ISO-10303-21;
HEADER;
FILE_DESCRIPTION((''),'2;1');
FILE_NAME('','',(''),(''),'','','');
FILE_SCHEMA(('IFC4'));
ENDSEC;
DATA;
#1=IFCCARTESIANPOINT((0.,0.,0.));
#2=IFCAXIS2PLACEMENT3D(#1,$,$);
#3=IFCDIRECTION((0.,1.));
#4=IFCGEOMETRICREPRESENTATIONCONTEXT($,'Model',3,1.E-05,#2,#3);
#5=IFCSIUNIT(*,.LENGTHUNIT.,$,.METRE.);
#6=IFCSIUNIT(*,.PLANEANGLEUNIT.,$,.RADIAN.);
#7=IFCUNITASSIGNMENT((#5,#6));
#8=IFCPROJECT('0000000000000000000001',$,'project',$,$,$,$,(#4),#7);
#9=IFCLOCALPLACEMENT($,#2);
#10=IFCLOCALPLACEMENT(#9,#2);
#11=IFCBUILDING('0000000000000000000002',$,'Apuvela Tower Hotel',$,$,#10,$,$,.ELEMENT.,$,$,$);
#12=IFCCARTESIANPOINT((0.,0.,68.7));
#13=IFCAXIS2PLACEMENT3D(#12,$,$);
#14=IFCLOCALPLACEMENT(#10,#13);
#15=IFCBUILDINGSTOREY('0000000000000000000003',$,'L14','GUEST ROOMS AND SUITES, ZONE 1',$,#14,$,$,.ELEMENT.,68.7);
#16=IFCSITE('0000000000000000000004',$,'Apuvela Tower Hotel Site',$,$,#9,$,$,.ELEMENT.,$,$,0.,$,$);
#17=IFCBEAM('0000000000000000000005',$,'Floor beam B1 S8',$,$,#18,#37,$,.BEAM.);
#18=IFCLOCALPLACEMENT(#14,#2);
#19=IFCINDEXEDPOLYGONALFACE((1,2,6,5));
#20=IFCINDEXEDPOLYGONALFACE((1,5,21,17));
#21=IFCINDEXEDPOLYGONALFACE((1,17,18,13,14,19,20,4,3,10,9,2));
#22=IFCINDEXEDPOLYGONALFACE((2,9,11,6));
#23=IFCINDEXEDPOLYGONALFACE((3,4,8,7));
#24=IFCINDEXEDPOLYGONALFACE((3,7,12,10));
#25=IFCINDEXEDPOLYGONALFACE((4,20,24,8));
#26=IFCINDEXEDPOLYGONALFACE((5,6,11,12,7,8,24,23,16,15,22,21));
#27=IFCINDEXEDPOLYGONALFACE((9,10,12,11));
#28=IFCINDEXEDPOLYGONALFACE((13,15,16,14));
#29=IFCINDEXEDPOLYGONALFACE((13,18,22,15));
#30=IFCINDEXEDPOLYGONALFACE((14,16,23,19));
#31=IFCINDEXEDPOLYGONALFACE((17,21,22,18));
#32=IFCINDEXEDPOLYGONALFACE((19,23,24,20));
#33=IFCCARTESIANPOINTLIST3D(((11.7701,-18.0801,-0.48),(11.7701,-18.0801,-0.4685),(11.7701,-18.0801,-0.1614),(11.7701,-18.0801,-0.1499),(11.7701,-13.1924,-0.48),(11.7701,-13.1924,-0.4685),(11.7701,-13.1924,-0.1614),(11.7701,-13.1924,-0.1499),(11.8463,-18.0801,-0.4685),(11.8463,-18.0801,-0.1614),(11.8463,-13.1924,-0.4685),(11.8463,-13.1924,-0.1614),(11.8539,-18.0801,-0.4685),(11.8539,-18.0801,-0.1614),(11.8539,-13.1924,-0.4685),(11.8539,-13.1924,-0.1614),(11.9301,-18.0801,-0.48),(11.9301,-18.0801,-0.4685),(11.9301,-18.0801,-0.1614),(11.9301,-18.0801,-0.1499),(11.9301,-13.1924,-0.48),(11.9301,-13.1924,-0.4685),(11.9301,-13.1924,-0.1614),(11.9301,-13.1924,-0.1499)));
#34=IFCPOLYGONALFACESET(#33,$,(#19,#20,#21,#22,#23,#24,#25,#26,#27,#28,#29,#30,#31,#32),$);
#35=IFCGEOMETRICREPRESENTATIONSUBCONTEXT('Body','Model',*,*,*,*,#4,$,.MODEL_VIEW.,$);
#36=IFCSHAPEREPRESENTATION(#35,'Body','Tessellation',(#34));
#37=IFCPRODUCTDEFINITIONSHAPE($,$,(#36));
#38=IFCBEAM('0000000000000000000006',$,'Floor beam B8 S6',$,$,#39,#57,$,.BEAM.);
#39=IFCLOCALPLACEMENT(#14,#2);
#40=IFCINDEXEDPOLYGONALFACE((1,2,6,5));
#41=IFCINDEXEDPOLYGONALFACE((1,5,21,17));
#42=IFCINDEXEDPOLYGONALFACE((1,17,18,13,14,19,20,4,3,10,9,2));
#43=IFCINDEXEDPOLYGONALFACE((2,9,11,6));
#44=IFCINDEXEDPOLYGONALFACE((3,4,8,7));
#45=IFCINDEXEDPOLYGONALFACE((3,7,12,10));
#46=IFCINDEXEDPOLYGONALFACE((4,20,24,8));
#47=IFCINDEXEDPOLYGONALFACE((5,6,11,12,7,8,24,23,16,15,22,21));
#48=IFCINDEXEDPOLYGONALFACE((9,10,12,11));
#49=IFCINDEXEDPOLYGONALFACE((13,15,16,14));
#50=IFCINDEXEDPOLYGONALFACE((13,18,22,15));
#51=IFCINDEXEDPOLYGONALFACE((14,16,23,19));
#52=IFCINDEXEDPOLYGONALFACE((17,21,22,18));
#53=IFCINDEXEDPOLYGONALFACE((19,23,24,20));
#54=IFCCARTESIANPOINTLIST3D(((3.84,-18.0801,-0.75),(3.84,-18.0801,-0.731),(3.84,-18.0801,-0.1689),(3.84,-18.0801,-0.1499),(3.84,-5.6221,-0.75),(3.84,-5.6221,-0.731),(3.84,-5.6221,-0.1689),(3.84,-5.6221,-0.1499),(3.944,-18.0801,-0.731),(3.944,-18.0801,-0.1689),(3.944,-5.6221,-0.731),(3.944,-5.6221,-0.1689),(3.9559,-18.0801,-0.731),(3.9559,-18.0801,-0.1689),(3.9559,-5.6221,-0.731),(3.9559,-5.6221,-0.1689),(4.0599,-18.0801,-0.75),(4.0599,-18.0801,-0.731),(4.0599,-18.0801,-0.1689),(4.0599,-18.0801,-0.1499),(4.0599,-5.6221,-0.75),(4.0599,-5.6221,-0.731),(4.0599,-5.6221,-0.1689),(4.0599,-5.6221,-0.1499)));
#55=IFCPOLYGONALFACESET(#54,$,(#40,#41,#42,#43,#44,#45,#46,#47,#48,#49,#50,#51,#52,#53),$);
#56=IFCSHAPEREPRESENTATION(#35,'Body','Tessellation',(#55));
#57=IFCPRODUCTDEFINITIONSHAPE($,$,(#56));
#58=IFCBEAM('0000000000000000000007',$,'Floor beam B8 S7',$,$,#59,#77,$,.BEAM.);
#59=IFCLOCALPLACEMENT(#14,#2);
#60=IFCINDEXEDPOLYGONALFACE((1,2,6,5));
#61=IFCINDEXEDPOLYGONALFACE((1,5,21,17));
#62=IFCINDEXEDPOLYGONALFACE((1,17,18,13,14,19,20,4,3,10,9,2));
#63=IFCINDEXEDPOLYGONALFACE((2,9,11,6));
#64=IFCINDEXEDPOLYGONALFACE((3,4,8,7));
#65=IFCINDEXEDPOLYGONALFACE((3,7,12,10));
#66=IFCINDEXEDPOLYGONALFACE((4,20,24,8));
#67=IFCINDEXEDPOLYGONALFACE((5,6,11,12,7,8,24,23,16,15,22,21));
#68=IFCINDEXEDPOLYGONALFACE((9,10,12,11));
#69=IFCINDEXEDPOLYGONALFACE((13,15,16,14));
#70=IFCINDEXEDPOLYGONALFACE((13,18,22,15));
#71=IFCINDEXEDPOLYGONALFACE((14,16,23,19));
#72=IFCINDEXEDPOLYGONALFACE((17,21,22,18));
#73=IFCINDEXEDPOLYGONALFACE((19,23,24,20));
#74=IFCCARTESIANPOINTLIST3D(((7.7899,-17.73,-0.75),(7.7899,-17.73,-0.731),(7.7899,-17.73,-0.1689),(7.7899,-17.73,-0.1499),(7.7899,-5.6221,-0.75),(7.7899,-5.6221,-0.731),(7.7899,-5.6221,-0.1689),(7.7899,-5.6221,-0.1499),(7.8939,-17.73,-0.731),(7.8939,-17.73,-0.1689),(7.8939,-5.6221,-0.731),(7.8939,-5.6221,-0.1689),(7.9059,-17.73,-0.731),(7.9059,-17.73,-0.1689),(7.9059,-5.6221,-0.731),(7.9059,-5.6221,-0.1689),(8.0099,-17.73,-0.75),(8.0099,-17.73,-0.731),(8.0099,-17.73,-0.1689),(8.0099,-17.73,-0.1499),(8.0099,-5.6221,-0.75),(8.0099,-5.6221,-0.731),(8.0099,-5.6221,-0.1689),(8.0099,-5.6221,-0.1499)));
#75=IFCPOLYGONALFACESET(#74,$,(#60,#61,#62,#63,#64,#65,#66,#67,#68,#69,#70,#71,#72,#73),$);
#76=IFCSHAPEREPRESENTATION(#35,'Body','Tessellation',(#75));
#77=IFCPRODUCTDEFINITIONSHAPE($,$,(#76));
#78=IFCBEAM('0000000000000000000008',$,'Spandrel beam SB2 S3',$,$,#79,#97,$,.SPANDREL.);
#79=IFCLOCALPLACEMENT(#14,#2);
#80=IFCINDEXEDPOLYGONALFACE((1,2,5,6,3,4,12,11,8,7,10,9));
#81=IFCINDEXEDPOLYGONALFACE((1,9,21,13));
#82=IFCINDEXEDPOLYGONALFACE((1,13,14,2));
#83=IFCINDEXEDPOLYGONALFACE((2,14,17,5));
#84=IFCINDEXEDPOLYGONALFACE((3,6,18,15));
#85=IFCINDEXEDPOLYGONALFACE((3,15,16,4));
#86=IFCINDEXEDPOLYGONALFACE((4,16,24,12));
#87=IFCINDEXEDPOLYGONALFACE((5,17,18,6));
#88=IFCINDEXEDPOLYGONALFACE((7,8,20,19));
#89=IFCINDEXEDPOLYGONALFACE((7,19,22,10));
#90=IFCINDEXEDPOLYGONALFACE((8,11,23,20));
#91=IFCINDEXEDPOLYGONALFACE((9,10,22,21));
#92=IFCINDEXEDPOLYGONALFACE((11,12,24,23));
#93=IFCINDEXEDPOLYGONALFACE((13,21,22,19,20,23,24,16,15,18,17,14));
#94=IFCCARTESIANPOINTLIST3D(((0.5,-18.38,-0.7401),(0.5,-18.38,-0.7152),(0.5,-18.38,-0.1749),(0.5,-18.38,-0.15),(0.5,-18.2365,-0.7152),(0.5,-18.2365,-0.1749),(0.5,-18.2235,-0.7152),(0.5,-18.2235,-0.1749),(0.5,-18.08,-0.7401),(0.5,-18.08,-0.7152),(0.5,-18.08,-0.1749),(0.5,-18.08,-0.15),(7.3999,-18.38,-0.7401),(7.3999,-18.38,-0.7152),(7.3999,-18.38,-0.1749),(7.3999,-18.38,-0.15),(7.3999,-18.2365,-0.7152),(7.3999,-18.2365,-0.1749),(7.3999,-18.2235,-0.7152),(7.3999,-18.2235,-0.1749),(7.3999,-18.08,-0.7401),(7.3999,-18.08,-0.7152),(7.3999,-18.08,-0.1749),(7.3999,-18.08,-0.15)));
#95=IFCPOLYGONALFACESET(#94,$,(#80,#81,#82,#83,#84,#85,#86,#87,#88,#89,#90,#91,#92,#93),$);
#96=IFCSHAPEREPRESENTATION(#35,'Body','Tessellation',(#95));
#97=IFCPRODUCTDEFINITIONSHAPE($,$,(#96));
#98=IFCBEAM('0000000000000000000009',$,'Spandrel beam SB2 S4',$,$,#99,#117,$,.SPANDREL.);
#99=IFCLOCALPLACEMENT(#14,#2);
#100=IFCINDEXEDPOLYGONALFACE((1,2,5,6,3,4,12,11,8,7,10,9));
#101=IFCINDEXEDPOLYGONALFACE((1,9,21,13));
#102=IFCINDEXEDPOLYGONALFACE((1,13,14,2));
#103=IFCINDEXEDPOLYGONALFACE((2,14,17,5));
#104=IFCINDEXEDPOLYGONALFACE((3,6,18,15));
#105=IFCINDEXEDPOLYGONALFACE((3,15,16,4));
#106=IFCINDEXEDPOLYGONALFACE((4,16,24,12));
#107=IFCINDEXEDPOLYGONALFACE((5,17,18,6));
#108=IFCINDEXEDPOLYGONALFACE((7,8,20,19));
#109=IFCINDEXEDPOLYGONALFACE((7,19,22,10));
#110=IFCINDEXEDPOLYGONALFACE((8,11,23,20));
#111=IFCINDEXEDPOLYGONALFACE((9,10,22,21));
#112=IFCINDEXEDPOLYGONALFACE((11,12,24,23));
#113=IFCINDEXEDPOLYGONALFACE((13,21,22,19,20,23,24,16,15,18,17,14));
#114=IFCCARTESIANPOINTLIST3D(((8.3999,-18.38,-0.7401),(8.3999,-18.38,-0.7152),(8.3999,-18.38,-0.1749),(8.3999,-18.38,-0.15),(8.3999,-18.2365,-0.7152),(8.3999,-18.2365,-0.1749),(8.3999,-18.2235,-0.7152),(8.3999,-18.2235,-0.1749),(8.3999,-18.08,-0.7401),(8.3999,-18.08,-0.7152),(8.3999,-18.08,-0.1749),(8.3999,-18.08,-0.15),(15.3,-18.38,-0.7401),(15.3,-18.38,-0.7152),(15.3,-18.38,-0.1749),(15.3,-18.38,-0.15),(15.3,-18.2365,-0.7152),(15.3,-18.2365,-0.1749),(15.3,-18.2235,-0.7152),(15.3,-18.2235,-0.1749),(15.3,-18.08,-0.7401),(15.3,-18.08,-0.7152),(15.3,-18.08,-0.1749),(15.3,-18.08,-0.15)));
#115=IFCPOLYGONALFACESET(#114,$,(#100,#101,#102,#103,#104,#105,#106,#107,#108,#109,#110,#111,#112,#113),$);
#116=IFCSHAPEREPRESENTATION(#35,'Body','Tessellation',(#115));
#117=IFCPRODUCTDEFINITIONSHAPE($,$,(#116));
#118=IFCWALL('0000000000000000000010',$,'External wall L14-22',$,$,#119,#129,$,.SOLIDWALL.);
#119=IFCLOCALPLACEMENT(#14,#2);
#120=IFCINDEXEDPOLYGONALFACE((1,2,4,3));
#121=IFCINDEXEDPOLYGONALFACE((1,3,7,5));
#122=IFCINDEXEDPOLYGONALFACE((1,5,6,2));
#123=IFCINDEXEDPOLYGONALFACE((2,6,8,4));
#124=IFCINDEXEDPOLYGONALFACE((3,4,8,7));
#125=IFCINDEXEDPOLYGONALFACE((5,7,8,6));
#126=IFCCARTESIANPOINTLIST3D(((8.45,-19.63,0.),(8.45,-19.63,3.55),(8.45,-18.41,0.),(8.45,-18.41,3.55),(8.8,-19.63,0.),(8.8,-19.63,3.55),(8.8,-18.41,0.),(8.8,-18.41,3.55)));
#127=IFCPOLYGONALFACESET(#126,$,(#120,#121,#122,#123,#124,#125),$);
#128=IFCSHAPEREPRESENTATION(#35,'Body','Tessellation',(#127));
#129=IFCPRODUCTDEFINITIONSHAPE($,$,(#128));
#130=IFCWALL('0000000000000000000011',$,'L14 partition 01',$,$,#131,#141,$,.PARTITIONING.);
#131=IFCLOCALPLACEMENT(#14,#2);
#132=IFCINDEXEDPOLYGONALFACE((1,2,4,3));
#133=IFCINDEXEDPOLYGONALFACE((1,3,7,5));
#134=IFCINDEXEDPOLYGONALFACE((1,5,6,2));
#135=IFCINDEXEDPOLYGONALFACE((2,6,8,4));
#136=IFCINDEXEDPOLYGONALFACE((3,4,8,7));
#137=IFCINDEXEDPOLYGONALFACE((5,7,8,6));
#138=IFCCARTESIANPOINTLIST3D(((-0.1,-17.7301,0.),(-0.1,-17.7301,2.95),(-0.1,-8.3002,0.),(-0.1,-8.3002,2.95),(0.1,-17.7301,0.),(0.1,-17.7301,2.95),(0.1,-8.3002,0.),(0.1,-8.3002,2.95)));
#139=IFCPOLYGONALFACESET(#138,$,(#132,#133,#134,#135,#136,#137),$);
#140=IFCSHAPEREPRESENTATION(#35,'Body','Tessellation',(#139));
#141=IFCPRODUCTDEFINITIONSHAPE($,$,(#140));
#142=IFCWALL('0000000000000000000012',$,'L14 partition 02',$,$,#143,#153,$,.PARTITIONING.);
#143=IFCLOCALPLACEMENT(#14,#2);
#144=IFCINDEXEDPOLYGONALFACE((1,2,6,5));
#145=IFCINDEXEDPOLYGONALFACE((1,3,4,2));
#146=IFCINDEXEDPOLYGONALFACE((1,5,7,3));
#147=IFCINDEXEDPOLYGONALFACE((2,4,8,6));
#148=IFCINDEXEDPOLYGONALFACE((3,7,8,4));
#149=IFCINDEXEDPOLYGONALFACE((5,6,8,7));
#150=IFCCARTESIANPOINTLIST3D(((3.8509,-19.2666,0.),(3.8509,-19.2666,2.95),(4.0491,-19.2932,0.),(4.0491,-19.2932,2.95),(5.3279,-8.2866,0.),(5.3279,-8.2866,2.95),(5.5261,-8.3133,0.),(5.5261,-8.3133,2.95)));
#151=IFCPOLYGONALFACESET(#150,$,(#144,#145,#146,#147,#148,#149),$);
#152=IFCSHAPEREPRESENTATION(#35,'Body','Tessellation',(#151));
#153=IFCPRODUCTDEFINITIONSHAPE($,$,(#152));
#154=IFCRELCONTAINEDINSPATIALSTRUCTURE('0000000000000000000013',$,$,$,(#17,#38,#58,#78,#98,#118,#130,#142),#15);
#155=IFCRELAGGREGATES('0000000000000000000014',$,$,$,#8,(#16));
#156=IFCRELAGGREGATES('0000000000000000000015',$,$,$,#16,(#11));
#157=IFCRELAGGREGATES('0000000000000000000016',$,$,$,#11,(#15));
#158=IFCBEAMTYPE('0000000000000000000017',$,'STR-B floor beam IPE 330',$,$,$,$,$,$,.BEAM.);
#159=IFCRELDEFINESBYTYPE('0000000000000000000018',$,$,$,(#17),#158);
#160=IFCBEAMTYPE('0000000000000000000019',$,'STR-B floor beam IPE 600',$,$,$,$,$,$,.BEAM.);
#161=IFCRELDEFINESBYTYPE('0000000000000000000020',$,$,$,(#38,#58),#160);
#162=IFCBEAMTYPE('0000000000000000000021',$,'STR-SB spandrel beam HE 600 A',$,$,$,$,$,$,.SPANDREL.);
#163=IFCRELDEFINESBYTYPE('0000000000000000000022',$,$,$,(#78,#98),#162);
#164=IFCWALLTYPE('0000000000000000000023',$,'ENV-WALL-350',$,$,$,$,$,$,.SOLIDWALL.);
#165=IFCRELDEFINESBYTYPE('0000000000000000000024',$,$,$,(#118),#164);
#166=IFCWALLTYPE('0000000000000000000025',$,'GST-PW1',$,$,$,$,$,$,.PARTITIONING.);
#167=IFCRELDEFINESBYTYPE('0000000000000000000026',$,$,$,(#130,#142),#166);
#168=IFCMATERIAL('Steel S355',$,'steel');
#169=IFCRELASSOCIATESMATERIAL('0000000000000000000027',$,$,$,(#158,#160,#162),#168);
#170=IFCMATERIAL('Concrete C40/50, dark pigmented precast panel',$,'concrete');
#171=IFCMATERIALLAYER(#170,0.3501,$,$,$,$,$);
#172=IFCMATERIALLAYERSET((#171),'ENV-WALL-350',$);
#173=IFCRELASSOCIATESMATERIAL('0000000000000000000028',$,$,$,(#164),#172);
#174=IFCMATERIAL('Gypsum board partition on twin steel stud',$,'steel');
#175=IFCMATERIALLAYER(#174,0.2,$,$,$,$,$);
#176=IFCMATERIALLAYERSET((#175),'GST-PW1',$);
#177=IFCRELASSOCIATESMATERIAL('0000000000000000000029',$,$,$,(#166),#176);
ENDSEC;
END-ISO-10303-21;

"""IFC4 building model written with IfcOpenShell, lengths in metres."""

from ifc_helpers import new_model, si_unit, direction, frame, frame_2d, origin, origin_2d, place, context, subcontext, project, spatial, rectangle, i_section, extrude, material, layer, layer_set, material_profile, profile_set, type_object, element, save


model = new_model("IFC4")

# Units and contexts
model_context = context("Model", 3, precision=1e-05, world=origin(), true_north=direction((0.0, 1.0)))
body_context = subcontext(model_context, "Body", "Model", "MODEL_VIEW")
ifc_project = project(units=[si_unit("LENGTHUNIT", "METRE"), si_unit("PLANEANGLEUNIT", "RADIAN")], contexts=[model_context])

# Site, building, storey
site_placement = place(None, origin())
site = spatial("IfcSite", under=ifc_project, at=site_placement, Name="Apuvela Tower Hotel Site", CompositionType="ELEMENT", RefElevation=0.0)
building_placement = place(site_placement, origin())
building = spatial("IfcBuilding", under=site, at=building_placement, Name="Apuvela Tower Hotel", CompositionType="ELEMENT")
storey_placement = place(building_placement, frame((0.0, 0.0, 68.7)))
storey = spatial("IfcBuildingStorey", under=building, at=storey_placement, Name="L14", Description="GUEST ROOMS AND SUITES, ZONE 1", CompositionType="ELEMENT", Elevation=68.7)

# Beams
ifc_material_1 = material(Name="Steel S355", Category="steel")
ifc_material_profile_1 = material_profile(ifc_material_1, i_section(OverallWidth=0.1599, OverallDepth=0.3301, WebThickness=0.0076, FlangeThickness=0.0115, at=origin_2d()), Name="IPE 330")
ifc_profile_set_1 = profile_set([ifc_material_profile_1], Name="Steel S355")
beam_type_1 = type_object("IfcBeamType", Name="STR-B floor beam IPE 330", PredefinedType="BEAM", material=ifc_profile_set_1)
beam_1_placement = place(storey_placement, frame((11.8501, -18.0801, -0.3149), z_axis=(0.0, 1.0, 0.0), x_axis=(-1.0, 0.0, 0.0)))
element("IfcBeam", 1, at=beam_1_placement, inside=storey, type_object=beam_type_1, Name="Floor beam B1 S8", PredefinedType="BEAM", context=body_context, shape_type="SweptSolid", body=[
    extrude(i_section(OverallWidth=0.1599, OverallDepth=0.3301, WebThickness=0.0076, FlangeThickness=0.0115, at=origin_2d()), origin(), (0.0, 0.0, 1.0), 4.8877),
])
ifc_material_profile_2 = material_profile(ifc_material_1, i_section(OverallWidth=0.22, OverallDepth=0.6001, WebThickness=0.012, FlangeThickness=0.019, at=origin_2d()), Name="IPE 600")
ifc_profile_set_2 = profile_set([ifc_material_profile_2], Name="Steel S355")
beam_type_2 = type_object("IfcBeamType", Name="STR-B floor beam IPE 600", PredefinedType="BEAM", material=ifc_profile_set_2)
beam_2_placement = place(storey_placement, frame((3.95, -18.0801, -0.45), z_axis=(0.0, 1.0, 0.0), x_axis=(-1.0, 0.0, 0.0)))
element("IfcBeam", 2, at=beam_2_placement, inside=storey, type_object=beam_type_2, Name="Floor beam B8 S6", PredefinedType="BEAM", context=body_context, shape_type="SweptSolid", body=[
    extrude(i_section(OverallWidth=0.22, OverallDepth=0.6001, WebThickness=0.012, FlangeThickness=0.019, at=origin_2d()), origin(), (0.0, 0.0, 1.0), 12.458),
])
beam_3_placement = place(storey_placement, frame((7.8999, -17.73, -0.45), z_axis=(0.0, 1.0, 0.0), x_axis=(-1.0, 0.0, 0.0)))
element("IfcBeam", 3, at=beam_3_placement, inside=storey, type_object=beam_type_2, Name="Floor beam B8 S7", PredefinedType="BEAM", context=body_context, shape_type="SweptSolid", body=[
    extrude(i_section(OverallWidth=0.22, OverallDepth=0.6001, WebThickness=0.012, FlangeThickness=0.019, at=origin_2d()), origin(), (0.0, 0.0, 1.0), 12.1079),
])
ifc_material_profile_3 = material_profile(ifc_material_1, i_section(OverallWidth=0.3, OverallDepth=0.5901, WebThickness=0.0129, FlangeThickness=0.0249, at=origin_2d()), Name="HE 600 A")
ifc_profile_set_3 = profile_set([ifc_material_profile_3], Name="Steel S355")
beam_type_3 = type_object("IfcBeamType", Name="STR-SB spandrel beam HE 600 A", PredefinedType="SPANDREL", material=ifc_profile_set_3)
beam_4_placement = place(storey_placement, frame((0.5, -18.23, -0.4451), z_axis=(1.0, 0.0, 0.0), x_axis=(0.0, 1.0, 0.0)))
element("IfcBeam", 4, at=beam_4_placement, inside=storey, type_object=beam_type_3, Name="Spandrel beam SB2 S3", PredefinedType="SPANDREL", context=body_context, shape_type="SweptSolid", body=[
    extrude(i_section(OverallWidth=0.3, OverallDepth=0.5901, WebThickness=0.0129, FlangeThickness=0.0249, at=origin_2d()), origin(), (0.0, 0.0, 1.0), 6.8999),
])
beam_5_placement = place(storey_placement, frame((8.3999, -18.23, -0.4451), z_axis=(1.0, 0.0, 0.0), x_axis=(0.0, 1.0, 0.0)))
element("IfcBeam", 5, at=beam_5_placement, inside=storey, type_object=beam_type_3, Name="Spandrel beam SB2 S4", PredefinedType="SPANDREL", context=body_context, shape_type="SweptSolid", body=[
    extrude(i_section(OverallWidth=0.3, OverallDepth=0.5901, WebThickness=0.0129, FlangeThickness=0.0249, at=origin_2d()), origin(), (0.0, 0.0, 1.0), 6.9001),
])

# Wall
ifc_material_2 = material(Name="Concrete C40/50, dark pigmented precast panel", Category="concrete")
ifc_layer_1 = layer(ifc_material_2, 0.3501)
ifc_layer_set_1 = layer_set([ifc_layer_1], Name="ENV-WALL-350")
wall_type_1 = type_object("IfcWallType", Name="ENV-WALL-350", PredefinedType="SOLIDWALL", material=ifc_layer_set_1)
wall_1_placement = place(storey_placement, frame((8.625, -19.6299, 0.0), z_axis=(0.0, 0.0, 1.0), x_axis=(0.0, 1.0, 0.0)))
element("IfcWall", 6, at=wall_1_placement, inside=storey, type_object=wall_type_1, Name="External wall L14-22", PredefinedType="SOLIDWALL", context=body_context, shape_type="SweptSolid", body=[
    extrude(rectangle(XDim=1.22, YDim=0.3501, at=frame_2d((0.6099, 0.0))), origin(), (0.0, 0.0, 1.0), 3.55),
])

# Walls
ifc_material_3 = material(Name="Gypsum board partition on twin steel stud", Category="steel")
ifc_layer_2 = layer(ifc_material_3, 0.2)
ifc_layer_set_2 = layer_set([ifc_layer_2], Name="GST-PW1")
wall_type_2 = type_object("IfcWallType", Name="GST-PW1", PredefinedType="PARTITIONING", material=ifc_layer_set_2)
wall_2_placement = place(storey_placement, frame((0.0, -17.73, 0.0), z_axis=(0.0, 0.0, 1.0), x_axis=(0.0, 1.0, 0.0)))
element("IfcWall", 7, at=wall_2_placement, inside=storey, type_object=wall_type_2, Name="L14 partition 01", PredefinedType="PARTITIONING", context=body_context, shape_type="SweptSolid", body=[
    extrude(rectangle(XDim=9.4299, YDim=0.2, at=frame_2d((4.7148, 0.0))), origin(), (0.0, 0.0, 1.0), 2.95),
])
wall_3_placement = place(storey_placement, frame((3.95, -19.28, 0.0), z_axis=(0.0, 0.0, 1.0), x_axis=(0.133321, 0.991073, 0.0)))
element("IfcWall", 8, at=wall_3_placement, inside=storey, type_object=wall_type_2, Name="L14 partition 02", PredefinedType="PARTITIONING", context=body_context, shape_type="SweptSolid", body=[
    extrude(rectangle(XDim=11.0789, YDim=0.2, at=frame_2d((5.5396, 0.0))), origin(), (0.0, 0.0, 1.0), 2.95),
])

save(model, "model.ifc")
